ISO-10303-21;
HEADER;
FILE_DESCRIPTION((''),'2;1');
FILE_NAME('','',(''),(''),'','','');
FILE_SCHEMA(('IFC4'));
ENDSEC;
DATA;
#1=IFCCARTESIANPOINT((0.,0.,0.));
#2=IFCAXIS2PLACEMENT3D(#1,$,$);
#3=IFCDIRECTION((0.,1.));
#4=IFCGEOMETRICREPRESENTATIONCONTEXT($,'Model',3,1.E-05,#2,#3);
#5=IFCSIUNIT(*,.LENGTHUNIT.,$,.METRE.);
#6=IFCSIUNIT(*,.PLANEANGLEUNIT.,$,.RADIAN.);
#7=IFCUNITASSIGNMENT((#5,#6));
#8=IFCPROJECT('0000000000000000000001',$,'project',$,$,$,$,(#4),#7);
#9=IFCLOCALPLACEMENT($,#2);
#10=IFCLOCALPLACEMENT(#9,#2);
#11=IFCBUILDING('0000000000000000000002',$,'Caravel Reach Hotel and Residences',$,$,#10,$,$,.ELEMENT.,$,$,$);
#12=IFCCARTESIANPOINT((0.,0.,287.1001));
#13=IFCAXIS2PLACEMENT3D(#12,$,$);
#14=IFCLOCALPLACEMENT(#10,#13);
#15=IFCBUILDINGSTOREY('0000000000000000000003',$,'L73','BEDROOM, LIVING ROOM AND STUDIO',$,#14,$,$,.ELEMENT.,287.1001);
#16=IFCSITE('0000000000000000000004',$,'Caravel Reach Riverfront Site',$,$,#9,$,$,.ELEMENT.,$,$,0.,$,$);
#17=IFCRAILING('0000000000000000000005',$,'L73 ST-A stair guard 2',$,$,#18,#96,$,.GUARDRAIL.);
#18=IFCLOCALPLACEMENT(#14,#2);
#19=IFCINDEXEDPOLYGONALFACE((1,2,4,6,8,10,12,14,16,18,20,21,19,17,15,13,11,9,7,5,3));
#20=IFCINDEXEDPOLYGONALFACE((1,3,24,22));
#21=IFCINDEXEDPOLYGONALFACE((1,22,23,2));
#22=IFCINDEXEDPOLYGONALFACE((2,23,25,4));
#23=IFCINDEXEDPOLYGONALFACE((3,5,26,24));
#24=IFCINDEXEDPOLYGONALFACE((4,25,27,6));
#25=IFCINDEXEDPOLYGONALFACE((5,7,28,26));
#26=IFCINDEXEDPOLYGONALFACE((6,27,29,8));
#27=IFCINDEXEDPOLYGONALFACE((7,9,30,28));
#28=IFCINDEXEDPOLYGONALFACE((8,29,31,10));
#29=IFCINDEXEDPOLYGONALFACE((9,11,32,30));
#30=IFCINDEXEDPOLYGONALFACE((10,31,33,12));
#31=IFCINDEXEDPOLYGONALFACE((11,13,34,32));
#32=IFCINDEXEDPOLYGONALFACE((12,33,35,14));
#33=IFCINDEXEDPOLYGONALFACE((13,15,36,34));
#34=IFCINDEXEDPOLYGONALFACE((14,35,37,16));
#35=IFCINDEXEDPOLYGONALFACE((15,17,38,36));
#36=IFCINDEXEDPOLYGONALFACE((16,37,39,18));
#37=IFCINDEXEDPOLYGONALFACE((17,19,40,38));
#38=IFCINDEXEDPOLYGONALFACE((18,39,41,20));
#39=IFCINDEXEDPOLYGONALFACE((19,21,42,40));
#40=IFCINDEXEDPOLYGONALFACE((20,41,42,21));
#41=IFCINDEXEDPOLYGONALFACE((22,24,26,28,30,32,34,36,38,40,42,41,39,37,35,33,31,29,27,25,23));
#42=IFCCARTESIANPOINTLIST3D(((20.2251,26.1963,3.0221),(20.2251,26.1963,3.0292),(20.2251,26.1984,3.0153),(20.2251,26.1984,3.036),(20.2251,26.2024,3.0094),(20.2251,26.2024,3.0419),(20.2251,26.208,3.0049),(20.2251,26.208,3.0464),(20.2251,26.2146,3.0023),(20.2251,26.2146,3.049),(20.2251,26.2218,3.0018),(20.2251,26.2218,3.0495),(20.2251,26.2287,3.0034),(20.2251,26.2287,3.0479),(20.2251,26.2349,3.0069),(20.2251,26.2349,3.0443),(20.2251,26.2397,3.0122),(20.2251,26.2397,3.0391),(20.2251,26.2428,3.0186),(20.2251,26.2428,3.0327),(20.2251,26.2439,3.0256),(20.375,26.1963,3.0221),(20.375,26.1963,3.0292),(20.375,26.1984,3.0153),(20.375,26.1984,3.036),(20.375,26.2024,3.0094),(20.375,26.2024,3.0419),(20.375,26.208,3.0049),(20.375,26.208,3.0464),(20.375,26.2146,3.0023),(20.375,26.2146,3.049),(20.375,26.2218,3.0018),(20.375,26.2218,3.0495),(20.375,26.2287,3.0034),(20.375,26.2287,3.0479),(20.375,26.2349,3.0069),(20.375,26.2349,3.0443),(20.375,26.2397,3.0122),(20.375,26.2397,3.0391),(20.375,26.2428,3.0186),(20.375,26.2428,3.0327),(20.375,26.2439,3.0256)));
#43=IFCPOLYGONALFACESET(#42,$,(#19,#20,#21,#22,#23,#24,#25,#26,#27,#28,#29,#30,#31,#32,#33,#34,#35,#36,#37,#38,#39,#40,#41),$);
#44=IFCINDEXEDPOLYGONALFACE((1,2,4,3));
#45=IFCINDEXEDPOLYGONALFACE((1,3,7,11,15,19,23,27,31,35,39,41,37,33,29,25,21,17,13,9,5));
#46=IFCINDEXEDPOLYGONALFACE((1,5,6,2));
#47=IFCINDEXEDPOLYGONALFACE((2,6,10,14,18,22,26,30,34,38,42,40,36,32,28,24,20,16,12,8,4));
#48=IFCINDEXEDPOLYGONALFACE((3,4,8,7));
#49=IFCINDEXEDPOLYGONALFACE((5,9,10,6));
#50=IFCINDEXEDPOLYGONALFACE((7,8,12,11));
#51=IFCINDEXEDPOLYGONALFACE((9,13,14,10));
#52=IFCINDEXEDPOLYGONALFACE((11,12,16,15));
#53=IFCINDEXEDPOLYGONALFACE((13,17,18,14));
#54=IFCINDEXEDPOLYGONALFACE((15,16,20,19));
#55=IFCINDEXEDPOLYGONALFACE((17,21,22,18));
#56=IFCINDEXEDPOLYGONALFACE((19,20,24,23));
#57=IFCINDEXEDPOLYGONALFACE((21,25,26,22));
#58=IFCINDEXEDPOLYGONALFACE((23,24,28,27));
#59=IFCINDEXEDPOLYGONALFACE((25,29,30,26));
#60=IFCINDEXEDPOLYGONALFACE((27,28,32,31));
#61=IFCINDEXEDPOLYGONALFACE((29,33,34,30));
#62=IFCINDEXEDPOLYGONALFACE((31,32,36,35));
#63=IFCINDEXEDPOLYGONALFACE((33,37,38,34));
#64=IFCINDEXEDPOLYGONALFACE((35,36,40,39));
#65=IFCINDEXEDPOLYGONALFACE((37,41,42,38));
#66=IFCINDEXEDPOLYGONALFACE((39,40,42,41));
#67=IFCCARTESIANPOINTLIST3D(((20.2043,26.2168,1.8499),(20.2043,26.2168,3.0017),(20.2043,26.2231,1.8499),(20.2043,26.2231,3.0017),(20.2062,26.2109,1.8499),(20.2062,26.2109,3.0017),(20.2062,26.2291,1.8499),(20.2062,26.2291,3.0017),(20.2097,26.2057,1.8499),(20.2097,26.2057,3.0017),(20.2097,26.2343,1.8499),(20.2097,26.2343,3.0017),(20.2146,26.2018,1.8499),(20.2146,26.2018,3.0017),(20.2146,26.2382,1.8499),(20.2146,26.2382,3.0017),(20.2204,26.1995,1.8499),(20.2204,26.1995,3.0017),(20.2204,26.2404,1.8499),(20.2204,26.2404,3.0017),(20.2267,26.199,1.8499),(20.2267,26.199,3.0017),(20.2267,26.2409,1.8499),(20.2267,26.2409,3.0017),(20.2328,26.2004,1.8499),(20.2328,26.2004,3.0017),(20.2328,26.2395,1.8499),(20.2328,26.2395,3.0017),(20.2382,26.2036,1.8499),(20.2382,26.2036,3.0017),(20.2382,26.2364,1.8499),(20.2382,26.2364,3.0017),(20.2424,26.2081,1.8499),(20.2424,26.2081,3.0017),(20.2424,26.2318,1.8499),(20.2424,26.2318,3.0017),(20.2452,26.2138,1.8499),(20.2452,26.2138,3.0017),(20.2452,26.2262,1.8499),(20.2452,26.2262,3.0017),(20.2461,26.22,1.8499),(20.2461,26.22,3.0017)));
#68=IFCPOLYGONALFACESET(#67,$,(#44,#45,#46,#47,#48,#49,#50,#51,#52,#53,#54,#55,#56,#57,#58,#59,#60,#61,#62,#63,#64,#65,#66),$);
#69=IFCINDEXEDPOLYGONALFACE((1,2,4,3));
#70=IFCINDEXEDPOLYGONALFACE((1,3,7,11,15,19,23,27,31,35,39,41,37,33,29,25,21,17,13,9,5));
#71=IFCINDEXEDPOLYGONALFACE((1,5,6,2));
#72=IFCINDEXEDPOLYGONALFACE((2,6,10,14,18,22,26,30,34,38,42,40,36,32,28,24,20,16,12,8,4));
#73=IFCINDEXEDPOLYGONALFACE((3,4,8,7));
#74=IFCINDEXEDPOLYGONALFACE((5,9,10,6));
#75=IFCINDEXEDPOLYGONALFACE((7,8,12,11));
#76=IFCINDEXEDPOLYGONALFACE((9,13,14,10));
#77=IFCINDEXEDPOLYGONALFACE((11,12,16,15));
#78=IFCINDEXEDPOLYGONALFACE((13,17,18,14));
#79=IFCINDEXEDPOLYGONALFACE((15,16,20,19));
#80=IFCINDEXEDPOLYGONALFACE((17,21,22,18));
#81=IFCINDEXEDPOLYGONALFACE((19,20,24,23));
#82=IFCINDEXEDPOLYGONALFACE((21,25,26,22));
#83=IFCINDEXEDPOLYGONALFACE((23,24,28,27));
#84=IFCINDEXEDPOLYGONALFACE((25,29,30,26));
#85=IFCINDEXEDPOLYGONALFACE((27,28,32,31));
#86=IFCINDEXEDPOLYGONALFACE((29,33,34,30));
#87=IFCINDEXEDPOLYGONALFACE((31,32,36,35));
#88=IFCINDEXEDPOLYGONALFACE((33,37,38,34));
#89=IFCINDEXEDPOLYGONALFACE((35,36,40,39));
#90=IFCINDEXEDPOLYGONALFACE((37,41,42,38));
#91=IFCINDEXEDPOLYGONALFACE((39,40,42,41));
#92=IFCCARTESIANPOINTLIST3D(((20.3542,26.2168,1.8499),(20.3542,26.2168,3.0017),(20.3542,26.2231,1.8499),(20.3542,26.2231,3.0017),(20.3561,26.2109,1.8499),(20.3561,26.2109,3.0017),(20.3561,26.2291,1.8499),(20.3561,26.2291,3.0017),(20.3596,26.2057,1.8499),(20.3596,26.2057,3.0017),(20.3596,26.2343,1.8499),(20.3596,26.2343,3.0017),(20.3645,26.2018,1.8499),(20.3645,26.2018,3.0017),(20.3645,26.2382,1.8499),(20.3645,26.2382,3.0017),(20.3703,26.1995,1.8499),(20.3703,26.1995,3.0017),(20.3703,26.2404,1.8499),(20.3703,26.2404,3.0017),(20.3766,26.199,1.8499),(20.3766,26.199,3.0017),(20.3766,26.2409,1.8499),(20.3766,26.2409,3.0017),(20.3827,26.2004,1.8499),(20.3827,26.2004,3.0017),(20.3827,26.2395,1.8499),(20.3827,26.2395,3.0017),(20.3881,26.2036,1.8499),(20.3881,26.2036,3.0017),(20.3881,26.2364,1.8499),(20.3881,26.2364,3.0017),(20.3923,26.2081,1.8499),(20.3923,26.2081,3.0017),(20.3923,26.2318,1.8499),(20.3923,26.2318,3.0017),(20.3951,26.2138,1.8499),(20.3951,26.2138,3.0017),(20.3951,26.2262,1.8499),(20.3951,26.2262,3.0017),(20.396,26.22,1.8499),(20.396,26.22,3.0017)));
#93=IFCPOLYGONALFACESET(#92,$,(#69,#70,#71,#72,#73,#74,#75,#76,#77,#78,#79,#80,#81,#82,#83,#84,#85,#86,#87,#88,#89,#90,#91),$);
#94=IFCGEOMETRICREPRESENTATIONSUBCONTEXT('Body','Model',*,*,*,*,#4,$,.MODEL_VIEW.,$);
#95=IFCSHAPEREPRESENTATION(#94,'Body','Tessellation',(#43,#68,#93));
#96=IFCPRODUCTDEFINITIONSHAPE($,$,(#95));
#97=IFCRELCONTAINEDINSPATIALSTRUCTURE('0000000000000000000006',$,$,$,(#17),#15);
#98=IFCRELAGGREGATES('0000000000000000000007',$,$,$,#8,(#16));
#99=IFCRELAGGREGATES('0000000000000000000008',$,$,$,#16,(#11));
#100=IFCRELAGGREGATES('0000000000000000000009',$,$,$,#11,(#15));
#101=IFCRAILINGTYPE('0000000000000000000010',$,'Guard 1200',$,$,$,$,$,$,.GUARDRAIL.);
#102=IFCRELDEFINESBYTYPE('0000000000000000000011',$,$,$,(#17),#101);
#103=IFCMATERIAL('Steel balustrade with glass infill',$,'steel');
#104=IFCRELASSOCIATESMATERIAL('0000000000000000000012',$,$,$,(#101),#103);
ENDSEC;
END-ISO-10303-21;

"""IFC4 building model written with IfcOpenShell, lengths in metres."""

from ifc_helpers import new_model, si_unit, direction, frame, origin, origin_2d, place, context, subcontext, project, spatial, circle, extrude, material, type_object, element, save


model = new_model("IFC4")

# Units and contexts
model_context = context("Model", 3, precision=1e-05, world=origin(), true_north=direction((0.0, 1.0)))
body_context = subcontext(model_context, "Body", "Model", "MODEL_VIEW")
ifc_project = project(units=[si_unit("LENGTHUNIT", "METRE"), si_unit("PLANEANGLEUNIT", "RADIAN")], contexts=[model_context])

# Site, building, storey
site_placement = place(None, origin())
site = spatial("IfcSite", under=ifc_project, at=site_placement, Name="Caravel Reach Riverfront Site", CompositionType="ELEMENT", RefElevation=0.0)
building_placement = place(site_placement, origin())
building = spatial("IfcBuilding", under=site, at=building_placement, Name="Caravel Reach Hotel and Residences", CompositionType="ELEMENT")
storey_placement = place(building_placement, frame((0.0, 0.0, 287.1001)))
storey = spatial("IfcBuildingStorey", under=building, at=storey_placement, Name="L73", Description="BEDROOM, LIVING ROOM AND STUDIO", CompositionType="ELEMENT", Elevation=287.1001)

# Railing
ifc_material_1 = material(Name="Steel balustrade with glass infill", Category="steel")
railing_type_1 = type_object("IfcRailingType", Name="Guard 1200", PredefinedType="GUARDRAIL", material=ifc_material_1)
railing_1_placement = place(storey_placement, frame((20.2251, 26.22, 1.8499)))
element("IfcRailing", 1, at=railing_1_placement, inside=storey, type_object=railing_type_1, Name="L73 ST-A stair guard 2", PredefinedType="GUARDRAIL", context=body_context, shape_type="SweptSolid", body=[
    extrude(circle(Radius=0.0239, at=origin_2d()), frame((0.0, 0.0, 1.1758), z_axis=(1.0, 0.0, 0.0), x_axis=(0.0, 1.0, 0.0)), (0.0, 0.0, 1.0), 0.1499),
    extrude(circle(Radius=0.021, at=origin_2d()), origin(), (0.0, 0.0, 1.0), 1.1519),
    extrude(circle(Radius=0.021, at=origin_2d()), frame((0.1499, 0.0, 0.0)), (0.0, 0.0, 1.0), 1.1519),
])

save(model, "model.ifc")
